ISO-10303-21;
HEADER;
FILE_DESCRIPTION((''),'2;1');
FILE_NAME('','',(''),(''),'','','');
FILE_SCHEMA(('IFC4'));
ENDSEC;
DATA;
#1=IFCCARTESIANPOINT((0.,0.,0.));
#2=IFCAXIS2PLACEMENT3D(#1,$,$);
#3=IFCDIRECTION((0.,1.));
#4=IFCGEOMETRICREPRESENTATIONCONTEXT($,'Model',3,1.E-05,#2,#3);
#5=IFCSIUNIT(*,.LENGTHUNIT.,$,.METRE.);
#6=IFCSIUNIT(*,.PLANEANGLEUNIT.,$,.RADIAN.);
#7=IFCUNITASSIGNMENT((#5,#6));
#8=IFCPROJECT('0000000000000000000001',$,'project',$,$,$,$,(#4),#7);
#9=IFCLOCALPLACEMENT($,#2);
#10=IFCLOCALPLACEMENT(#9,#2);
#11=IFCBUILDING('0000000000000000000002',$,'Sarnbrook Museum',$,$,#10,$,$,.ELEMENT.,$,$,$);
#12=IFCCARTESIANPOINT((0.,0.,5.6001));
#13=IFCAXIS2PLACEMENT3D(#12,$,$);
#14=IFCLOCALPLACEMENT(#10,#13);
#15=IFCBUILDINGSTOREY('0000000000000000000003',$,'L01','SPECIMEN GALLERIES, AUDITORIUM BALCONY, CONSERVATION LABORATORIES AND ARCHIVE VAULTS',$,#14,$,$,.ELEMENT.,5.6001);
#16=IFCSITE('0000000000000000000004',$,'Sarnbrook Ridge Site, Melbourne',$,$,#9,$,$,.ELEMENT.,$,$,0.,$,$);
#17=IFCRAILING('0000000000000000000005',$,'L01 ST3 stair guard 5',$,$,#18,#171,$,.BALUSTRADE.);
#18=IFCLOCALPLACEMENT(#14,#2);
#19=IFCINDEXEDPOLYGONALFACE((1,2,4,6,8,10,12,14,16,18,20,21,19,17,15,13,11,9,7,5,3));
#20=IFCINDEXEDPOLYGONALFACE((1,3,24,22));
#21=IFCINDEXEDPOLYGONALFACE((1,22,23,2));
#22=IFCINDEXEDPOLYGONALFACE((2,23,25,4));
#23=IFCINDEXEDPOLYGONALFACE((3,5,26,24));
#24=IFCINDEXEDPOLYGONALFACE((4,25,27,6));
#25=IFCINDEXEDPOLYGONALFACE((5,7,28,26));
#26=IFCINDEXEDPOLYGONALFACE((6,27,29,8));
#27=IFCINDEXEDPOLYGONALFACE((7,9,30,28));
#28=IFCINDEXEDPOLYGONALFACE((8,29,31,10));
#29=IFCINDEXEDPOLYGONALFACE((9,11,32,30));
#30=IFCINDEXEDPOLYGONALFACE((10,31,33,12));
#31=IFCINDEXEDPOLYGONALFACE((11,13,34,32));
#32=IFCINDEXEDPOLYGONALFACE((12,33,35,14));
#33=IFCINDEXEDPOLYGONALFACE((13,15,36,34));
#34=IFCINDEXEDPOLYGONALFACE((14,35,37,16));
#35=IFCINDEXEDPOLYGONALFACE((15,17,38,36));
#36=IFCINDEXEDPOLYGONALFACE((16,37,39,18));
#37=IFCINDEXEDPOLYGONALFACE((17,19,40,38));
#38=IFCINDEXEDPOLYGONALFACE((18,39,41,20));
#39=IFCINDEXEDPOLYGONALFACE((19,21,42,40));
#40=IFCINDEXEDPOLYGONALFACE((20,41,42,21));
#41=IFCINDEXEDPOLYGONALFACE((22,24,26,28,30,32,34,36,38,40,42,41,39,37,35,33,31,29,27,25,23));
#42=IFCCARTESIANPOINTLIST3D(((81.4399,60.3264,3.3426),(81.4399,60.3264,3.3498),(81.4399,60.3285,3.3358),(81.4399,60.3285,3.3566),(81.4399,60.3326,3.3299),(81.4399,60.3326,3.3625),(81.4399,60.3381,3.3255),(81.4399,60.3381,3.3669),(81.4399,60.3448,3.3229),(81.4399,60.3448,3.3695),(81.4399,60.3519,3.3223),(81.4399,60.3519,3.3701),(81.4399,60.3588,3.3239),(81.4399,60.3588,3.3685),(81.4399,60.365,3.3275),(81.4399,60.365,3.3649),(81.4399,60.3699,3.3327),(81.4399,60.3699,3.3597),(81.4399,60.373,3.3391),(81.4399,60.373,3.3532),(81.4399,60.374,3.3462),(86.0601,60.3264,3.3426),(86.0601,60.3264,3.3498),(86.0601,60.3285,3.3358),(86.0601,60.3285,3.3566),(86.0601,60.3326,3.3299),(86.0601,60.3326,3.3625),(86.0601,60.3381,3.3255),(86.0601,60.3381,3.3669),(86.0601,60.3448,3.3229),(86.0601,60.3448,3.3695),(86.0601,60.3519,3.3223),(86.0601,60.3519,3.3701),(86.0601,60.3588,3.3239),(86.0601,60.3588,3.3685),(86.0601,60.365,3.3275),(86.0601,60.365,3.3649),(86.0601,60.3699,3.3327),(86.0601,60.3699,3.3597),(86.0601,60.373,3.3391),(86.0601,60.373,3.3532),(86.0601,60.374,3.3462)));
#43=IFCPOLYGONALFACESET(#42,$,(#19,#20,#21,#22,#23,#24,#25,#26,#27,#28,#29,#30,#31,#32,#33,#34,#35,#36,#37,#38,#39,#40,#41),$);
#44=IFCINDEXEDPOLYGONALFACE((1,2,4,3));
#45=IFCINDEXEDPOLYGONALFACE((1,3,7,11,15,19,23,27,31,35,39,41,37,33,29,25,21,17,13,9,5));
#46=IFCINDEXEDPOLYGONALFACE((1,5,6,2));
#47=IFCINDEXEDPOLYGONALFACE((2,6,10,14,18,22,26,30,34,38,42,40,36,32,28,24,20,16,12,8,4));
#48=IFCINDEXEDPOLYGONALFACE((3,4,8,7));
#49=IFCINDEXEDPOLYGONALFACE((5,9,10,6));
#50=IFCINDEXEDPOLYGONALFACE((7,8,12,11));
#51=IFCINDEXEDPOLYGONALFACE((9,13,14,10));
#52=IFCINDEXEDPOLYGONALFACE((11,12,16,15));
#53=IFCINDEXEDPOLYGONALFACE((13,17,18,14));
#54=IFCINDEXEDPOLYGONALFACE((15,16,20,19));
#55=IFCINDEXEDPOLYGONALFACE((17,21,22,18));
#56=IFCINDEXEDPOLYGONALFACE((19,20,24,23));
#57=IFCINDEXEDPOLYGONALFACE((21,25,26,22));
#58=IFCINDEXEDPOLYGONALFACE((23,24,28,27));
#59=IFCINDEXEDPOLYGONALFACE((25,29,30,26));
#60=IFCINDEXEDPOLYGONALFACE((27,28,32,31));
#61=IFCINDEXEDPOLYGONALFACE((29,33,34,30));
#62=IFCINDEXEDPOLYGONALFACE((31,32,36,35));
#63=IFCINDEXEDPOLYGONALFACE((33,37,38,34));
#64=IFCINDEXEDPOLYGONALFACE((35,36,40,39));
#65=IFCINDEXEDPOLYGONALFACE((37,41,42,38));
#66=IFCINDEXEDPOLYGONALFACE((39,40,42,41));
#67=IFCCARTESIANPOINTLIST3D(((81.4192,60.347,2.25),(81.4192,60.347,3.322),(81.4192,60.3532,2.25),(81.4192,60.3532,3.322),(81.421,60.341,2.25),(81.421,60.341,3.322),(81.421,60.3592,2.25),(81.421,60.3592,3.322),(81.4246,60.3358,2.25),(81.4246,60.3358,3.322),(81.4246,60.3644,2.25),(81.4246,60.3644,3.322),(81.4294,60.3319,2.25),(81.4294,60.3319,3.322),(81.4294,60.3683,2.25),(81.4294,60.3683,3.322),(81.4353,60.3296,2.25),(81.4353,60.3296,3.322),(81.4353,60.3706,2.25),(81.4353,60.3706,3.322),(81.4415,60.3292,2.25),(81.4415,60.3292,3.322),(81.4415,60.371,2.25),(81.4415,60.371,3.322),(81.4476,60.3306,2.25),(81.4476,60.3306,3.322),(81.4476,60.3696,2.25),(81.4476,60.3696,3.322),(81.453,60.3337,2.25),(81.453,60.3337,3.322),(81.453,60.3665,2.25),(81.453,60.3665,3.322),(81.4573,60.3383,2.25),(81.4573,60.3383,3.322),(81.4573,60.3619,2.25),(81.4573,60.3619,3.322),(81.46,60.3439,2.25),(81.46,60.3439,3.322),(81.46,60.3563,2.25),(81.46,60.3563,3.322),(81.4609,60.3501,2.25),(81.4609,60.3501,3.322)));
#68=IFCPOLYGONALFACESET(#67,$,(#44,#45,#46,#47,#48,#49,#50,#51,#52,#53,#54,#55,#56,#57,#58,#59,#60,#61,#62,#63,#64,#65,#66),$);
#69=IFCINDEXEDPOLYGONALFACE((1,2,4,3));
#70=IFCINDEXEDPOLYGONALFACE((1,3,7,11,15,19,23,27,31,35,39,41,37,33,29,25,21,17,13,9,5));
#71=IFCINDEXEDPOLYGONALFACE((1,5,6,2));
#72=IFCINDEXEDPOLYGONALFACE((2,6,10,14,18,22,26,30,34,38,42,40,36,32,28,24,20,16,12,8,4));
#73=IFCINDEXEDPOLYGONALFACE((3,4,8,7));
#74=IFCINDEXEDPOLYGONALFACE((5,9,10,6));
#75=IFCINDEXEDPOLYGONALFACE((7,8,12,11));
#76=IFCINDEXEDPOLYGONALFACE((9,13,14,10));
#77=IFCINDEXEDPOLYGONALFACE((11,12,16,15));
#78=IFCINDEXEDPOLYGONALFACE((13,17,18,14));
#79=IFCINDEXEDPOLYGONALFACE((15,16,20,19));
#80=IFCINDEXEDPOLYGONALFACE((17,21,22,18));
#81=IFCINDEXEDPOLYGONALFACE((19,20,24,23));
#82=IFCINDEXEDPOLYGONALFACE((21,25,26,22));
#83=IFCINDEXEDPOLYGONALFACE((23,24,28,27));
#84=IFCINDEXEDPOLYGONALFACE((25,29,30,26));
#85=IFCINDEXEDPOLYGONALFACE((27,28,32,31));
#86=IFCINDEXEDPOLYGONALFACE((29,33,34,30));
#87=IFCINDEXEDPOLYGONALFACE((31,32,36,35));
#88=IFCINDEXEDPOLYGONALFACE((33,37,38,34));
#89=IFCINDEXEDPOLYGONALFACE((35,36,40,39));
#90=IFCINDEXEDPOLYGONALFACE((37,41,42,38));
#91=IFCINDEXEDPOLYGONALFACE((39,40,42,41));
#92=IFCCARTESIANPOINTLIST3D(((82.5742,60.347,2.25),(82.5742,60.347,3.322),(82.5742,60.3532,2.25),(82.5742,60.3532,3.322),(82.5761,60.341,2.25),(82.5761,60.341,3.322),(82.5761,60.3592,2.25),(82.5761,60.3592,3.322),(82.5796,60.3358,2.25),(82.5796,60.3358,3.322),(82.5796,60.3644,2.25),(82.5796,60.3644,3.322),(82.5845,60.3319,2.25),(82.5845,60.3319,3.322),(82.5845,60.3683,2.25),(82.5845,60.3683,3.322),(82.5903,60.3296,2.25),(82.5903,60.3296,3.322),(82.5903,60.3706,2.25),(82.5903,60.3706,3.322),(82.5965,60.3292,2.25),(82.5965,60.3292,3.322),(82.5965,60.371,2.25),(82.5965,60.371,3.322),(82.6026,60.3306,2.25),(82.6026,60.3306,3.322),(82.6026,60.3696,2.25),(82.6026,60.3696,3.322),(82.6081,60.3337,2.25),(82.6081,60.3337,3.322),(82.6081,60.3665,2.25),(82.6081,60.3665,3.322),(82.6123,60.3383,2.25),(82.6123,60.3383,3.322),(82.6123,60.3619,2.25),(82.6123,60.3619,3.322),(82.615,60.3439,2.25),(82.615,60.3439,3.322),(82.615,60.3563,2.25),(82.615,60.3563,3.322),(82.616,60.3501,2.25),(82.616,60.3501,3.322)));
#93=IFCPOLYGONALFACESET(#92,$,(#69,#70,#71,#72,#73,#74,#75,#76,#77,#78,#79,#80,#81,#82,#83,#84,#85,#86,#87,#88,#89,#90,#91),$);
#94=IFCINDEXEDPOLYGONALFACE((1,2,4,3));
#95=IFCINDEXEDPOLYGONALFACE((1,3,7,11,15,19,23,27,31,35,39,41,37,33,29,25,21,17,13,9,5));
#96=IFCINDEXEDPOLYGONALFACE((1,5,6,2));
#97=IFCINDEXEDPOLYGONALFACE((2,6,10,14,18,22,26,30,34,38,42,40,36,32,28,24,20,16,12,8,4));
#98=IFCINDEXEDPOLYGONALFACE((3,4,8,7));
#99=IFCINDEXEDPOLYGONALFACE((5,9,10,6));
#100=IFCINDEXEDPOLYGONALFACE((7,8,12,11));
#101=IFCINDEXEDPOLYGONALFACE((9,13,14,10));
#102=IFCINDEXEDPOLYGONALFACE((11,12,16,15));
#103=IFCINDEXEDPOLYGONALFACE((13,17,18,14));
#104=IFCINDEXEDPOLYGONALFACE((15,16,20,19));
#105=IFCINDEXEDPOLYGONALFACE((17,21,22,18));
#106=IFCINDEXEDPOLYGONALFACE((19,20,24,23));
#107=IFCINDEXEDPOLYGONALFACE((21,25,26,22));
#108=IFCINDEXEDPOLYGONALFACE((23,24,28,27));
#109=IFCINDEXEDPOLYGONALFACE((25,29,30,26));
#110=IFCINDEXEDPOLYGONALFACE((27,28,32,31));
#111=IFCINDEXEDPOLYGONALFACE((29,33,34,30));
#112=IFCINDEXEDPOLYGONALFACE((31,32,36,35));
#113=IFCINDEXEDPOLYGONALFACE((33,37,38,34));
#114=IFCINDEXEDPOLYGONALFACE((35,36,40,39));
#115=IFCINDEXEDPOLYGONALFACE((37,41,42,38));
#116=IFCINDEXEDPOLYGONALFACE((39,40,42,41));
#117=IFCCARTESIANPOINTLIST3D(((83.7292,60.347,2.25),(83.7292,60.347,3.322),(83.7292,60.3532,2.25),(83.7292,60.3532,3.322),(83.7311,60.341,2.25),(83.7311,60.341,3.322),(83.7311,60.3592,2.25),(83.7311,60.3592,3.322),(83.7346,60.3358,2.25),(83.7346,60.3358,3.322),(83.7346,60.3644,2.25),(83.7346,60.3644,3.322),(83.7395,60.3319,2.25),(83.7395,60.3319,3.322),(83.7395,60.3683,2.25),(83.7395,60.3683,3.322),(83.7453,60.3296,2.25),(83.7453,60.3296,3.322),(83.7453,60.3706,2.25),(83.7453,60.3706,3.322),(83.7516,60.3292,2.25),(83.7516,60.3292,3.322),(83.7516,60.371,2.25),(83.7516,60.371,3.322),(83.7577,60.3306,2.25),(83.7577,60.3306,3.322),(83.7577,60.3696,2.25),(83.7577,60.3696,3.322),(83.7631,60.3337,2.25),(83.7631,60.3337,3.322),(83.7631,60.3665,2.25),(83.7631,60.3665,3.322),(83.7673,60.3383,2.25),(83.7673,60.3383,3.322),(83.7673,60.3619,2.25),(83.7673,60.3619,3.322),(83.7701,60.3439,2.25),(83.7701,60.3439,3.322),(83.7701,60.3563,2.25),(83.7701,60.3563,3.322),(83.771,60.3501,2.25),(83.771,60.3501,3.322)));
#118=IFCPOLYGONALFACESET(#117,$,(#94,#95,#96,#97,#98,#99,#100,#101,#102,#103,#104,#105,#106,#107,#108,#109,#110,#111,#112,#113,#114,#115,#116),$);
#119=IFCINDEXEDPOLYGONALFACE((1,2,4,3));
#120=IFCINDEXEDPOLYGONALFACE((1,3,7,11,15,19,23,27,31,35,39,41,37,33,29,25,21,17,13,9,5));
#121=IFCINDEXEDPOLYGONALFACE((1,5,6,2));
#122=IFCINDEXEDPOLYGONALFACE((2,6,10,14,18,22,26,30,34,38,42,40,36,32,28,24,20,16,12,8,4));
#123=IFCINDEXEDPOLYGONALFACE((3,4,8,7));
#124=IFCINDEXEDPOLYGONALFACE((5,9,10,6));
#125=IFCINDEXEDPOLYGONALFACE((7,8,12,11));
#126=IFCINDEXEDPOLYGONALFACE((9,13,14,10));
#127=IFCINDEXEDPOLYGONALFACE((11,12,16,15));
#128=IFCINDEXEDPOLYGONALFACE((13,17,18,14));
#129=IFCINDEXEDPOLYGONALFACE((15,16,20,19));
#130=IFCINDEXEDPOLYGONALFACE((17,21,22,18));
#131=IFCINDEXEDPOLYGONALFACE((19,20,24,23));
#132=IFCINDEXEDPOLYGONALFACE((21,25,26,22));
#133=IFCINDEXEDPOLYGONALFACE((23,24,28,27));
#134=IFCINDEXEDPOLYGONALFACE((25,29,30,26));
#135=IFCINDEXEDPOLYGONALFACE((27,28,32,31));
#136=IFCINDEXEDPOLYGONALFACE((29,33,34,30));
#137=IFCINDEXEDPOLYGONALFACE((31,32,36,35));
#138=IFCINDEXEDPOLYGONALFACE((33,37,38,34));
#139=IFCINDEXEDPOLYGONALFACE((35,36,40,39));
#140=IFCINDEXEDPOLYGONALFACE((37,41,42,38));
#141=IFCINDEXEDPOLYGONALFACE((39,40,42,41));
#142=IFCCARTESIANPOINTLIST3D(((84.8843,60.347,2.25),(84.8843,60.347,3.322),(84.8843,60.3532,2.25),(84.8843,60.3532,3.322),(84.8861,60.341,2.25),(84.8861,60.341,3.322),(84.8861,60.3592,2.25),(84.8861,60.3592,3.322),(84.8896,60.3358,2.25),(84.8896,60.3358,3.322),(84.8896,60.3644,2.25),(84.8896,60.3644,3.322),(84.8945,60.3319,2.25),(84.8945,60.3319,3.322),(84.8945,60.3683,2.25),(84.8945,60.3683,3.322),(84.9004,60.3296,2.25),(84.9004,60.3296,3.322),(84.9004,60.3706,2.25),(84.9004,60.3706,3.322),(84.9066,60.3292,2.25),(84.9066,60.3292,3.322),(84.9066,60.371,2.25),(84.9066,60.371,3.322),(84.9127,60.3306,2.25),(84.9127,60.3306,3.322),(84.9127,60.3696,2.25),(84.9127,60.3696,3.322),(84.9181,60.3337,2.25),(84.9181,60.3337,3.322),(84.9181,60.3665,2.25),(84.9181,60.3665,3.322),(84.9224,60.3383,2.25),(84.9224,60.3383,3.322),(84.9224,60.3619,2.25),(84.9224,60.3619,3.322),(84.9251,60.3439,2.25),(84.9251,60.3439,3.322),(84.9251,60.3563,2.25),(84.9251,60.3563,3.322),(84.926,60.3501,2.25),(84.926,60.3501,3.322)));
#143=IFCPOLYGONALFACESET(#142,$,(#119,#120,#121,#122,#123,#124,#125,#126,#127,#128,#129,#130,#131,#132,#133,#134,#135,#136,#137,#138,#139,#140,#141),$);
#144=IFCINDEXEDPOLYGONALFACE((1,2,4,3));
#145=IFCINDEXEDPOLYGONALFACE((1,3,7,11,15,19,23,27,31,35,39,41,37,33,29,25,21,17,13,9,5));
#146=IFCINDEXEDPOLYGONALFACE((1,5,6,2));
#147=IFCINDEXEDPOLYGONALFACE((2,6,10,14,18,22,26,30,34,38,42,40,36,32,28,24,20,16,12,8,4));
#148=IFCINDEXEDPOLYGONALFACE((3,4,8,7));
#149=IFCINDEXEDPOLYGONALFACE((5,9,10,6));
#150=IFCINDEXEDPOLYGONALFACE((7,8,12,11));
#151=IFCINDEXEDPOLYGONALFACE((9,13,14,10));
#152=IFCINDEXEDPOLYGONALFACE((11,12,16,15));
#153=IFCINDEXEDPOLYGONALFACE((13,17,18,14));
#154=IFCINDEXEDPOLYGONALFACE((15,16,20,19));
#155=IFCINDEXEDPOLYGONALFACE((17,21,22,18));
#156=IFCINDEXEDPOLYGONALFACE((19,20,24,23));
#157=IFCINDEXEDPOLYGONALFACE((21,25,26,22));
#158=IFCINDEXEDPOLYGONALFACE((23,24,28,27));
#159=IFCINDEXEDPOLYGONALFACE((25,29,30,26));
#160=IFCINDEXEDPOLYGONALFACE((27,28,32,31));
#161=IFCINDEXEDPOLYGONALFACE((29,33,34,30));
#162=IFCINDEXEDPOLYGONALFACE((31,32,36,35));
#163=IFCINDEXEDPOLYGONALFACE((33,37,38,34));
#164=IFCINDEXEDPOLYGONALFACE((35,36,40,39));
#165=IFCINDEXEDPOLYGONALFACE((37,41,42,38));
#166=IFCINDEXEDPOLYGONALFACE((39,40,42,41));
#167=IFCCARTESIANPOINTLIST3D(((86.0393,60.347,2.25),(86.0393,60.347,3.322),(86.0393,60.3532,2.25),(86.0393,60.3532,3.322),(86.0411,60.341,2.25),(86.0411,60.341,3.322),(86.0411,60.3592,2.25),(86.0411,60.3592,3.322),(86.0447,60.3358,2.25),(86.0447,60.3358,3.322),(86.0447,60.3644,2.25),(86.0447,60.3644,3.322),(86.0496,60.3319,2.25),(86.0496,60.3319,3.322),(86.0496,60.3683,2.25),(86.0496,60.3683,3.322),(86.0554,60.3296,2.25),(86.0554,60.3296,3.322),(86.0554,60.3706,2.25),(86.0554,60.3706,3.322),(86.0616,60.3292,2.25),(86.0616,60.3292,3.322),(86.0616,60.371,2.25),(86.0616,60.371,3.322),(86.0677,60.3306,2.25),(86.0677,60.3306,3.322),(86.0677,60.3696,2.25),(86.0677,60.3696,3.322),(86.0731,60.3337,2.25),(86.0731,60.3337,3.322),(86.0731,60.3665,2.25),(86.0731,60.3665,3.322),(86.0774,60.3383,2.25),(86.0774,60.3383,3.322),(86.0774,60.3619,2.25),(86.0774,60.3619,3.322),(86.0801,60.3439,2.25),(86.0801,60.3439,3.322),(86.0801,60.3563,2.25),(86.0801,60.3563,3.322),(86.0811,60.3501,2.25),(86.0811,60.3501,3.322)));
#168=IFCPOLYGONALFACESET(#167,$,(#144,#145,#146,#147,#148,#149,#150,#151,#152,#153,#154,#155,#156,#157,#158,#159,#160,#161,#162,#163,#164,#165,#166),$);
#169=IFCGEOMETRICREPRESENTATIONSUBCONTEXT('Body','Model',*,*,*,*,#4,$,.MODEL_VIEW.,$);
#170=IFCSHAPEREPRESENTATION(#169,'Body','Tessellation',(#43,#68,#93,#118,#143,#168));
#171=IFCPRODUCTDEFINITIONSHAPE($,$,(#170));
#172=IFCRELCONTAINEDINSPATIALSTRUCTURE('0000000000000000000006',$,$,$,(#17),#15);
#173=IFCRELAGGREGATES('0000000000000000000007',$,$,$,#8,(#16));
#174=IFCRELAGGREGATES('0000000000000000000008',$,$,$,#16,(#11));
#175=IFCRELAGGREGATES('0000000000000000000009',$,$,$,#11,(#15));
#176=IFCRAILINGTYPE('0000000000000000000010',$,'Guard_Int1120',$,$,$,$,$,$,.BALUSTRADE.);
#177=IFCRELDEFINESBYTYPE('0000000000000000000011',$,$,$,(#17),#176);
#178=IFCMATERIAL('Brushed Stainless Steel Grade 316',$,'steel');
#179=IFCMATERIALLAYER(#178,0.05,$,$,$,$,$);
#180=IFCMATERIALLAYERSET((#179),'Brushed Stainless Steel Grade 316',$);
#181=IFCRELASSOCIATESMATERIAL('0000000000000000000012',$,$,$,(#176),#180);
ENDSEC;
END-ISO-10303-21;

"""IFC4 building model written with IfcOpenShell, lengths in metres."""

from ifc_helpers import new_model, si_unit, direction, frame, origin, origin_2d, place, context, subcontext, project, spatial, circle, extrude, material, layer, layer_set, type_object, element, save


model = new_model("IFC4")

# Units and contexts
model_context = context("Model", 3, precision=1e-05, world=origin(), true_north=direction((0.0, 1.0)))
body_context = subcontext(model_context, "Body", "Model", "MODEL_VIEW")
ifc_project = project(units=[si_unit("LENGTHUNIT", "METRE"), si_unit("PLANEANGLEUNIT", "RADIAN")], contexts=[model_context])

# Site, building, storey
site_placement = place(None, origin())
site = spatial("IfcSite", under=ifc_project, at=site_placement, Name="Sarnbrook Ridge Site, Melbourne", CompositionType="ELEMENT", RefElevation=0.0)
building_placement = place(site_placement, origin())
building = spatial("IfcBuilding", under=site, at=building_placement, Name="Sarnbrook Museum", CompositionType="ELEMENT")
storey_placement = place(building_placement, frame((0.0, 0.0, 5.6001)))
storey = spatial("IfcBuildingStorey", under=building, at=storey_placement, Name="L01", Description="SPECIMEN GALLERIES, AUDITORIUM BALCONY, CONSERVATION LABORATORIES AND ARCHIVE VAULTS", CompositionType="ELEMENT", Elevation=5.6001)

# Shared definitions
ifc_material_1 = material(Name="Brushed Stainless Steel Grade 316", Category="steel")

# Railing
ifc_layer_1 = layer(ifc_material_1, 0.05)
ifc_layer_set_1 = layer_set([ifc_layer_1], Name="Brushed Stainless Steel Grade 316")
railing_type_1 = type_object("IfcRailingType", Name="Guard_Int1120", PredefinedType="BALUSTRADE", material=ifc_layer_set_1)
railing_1_placement = place(storey_placement, frame((81.4399, 60.3501, 2.25)))
element("IfcRailing", 1, at=railing_1_placement, inside=storey, type_object=railing_type_1, Name="L01 ST3 stair guard 5", PredefinedType="BALUSTRADE", context=body_context, shape_type="SweptSolid", body=[
    extrude(circle(Radius=0.0239, at=origin_2d()), frame((0.0, 0.0, 1.0962), z_axis=(1.0, 0.0, 0.0), x_axis=(0.0, 1.0, 0.0)), (0.0, 0.0, 1.0), 4.6201),
    extrude(circle(Radius=0.021, at=origin_2d()), origin(), (0.0, 0.0, 1.0), 1.072),
    extrude(circle(Radius=0.021, at=origin_2d()), frame((1.155, 0.0, 0.0)), (0.0, 0.0, 1.0), 1.072),
    extrude(circle(Radius=0.021, at=origin_2d()), frame((2.3101, 0.0, 0.0)), (0.0, 0.0, 1.0), 1.072),
    extrude(circle(Radius=0.021, at=origin_2d()), frame((3.4651, 0.0, 0.0)), (0.0, 0.0, 1.0), 1.072),
    extrude(circle(Radius=0.021, at=origin_2d()), frame((4.6201, 0.0, 0.0)), (0.0, 0.0, 1.0), 1.072),
])

save(model, "model.ifc")
